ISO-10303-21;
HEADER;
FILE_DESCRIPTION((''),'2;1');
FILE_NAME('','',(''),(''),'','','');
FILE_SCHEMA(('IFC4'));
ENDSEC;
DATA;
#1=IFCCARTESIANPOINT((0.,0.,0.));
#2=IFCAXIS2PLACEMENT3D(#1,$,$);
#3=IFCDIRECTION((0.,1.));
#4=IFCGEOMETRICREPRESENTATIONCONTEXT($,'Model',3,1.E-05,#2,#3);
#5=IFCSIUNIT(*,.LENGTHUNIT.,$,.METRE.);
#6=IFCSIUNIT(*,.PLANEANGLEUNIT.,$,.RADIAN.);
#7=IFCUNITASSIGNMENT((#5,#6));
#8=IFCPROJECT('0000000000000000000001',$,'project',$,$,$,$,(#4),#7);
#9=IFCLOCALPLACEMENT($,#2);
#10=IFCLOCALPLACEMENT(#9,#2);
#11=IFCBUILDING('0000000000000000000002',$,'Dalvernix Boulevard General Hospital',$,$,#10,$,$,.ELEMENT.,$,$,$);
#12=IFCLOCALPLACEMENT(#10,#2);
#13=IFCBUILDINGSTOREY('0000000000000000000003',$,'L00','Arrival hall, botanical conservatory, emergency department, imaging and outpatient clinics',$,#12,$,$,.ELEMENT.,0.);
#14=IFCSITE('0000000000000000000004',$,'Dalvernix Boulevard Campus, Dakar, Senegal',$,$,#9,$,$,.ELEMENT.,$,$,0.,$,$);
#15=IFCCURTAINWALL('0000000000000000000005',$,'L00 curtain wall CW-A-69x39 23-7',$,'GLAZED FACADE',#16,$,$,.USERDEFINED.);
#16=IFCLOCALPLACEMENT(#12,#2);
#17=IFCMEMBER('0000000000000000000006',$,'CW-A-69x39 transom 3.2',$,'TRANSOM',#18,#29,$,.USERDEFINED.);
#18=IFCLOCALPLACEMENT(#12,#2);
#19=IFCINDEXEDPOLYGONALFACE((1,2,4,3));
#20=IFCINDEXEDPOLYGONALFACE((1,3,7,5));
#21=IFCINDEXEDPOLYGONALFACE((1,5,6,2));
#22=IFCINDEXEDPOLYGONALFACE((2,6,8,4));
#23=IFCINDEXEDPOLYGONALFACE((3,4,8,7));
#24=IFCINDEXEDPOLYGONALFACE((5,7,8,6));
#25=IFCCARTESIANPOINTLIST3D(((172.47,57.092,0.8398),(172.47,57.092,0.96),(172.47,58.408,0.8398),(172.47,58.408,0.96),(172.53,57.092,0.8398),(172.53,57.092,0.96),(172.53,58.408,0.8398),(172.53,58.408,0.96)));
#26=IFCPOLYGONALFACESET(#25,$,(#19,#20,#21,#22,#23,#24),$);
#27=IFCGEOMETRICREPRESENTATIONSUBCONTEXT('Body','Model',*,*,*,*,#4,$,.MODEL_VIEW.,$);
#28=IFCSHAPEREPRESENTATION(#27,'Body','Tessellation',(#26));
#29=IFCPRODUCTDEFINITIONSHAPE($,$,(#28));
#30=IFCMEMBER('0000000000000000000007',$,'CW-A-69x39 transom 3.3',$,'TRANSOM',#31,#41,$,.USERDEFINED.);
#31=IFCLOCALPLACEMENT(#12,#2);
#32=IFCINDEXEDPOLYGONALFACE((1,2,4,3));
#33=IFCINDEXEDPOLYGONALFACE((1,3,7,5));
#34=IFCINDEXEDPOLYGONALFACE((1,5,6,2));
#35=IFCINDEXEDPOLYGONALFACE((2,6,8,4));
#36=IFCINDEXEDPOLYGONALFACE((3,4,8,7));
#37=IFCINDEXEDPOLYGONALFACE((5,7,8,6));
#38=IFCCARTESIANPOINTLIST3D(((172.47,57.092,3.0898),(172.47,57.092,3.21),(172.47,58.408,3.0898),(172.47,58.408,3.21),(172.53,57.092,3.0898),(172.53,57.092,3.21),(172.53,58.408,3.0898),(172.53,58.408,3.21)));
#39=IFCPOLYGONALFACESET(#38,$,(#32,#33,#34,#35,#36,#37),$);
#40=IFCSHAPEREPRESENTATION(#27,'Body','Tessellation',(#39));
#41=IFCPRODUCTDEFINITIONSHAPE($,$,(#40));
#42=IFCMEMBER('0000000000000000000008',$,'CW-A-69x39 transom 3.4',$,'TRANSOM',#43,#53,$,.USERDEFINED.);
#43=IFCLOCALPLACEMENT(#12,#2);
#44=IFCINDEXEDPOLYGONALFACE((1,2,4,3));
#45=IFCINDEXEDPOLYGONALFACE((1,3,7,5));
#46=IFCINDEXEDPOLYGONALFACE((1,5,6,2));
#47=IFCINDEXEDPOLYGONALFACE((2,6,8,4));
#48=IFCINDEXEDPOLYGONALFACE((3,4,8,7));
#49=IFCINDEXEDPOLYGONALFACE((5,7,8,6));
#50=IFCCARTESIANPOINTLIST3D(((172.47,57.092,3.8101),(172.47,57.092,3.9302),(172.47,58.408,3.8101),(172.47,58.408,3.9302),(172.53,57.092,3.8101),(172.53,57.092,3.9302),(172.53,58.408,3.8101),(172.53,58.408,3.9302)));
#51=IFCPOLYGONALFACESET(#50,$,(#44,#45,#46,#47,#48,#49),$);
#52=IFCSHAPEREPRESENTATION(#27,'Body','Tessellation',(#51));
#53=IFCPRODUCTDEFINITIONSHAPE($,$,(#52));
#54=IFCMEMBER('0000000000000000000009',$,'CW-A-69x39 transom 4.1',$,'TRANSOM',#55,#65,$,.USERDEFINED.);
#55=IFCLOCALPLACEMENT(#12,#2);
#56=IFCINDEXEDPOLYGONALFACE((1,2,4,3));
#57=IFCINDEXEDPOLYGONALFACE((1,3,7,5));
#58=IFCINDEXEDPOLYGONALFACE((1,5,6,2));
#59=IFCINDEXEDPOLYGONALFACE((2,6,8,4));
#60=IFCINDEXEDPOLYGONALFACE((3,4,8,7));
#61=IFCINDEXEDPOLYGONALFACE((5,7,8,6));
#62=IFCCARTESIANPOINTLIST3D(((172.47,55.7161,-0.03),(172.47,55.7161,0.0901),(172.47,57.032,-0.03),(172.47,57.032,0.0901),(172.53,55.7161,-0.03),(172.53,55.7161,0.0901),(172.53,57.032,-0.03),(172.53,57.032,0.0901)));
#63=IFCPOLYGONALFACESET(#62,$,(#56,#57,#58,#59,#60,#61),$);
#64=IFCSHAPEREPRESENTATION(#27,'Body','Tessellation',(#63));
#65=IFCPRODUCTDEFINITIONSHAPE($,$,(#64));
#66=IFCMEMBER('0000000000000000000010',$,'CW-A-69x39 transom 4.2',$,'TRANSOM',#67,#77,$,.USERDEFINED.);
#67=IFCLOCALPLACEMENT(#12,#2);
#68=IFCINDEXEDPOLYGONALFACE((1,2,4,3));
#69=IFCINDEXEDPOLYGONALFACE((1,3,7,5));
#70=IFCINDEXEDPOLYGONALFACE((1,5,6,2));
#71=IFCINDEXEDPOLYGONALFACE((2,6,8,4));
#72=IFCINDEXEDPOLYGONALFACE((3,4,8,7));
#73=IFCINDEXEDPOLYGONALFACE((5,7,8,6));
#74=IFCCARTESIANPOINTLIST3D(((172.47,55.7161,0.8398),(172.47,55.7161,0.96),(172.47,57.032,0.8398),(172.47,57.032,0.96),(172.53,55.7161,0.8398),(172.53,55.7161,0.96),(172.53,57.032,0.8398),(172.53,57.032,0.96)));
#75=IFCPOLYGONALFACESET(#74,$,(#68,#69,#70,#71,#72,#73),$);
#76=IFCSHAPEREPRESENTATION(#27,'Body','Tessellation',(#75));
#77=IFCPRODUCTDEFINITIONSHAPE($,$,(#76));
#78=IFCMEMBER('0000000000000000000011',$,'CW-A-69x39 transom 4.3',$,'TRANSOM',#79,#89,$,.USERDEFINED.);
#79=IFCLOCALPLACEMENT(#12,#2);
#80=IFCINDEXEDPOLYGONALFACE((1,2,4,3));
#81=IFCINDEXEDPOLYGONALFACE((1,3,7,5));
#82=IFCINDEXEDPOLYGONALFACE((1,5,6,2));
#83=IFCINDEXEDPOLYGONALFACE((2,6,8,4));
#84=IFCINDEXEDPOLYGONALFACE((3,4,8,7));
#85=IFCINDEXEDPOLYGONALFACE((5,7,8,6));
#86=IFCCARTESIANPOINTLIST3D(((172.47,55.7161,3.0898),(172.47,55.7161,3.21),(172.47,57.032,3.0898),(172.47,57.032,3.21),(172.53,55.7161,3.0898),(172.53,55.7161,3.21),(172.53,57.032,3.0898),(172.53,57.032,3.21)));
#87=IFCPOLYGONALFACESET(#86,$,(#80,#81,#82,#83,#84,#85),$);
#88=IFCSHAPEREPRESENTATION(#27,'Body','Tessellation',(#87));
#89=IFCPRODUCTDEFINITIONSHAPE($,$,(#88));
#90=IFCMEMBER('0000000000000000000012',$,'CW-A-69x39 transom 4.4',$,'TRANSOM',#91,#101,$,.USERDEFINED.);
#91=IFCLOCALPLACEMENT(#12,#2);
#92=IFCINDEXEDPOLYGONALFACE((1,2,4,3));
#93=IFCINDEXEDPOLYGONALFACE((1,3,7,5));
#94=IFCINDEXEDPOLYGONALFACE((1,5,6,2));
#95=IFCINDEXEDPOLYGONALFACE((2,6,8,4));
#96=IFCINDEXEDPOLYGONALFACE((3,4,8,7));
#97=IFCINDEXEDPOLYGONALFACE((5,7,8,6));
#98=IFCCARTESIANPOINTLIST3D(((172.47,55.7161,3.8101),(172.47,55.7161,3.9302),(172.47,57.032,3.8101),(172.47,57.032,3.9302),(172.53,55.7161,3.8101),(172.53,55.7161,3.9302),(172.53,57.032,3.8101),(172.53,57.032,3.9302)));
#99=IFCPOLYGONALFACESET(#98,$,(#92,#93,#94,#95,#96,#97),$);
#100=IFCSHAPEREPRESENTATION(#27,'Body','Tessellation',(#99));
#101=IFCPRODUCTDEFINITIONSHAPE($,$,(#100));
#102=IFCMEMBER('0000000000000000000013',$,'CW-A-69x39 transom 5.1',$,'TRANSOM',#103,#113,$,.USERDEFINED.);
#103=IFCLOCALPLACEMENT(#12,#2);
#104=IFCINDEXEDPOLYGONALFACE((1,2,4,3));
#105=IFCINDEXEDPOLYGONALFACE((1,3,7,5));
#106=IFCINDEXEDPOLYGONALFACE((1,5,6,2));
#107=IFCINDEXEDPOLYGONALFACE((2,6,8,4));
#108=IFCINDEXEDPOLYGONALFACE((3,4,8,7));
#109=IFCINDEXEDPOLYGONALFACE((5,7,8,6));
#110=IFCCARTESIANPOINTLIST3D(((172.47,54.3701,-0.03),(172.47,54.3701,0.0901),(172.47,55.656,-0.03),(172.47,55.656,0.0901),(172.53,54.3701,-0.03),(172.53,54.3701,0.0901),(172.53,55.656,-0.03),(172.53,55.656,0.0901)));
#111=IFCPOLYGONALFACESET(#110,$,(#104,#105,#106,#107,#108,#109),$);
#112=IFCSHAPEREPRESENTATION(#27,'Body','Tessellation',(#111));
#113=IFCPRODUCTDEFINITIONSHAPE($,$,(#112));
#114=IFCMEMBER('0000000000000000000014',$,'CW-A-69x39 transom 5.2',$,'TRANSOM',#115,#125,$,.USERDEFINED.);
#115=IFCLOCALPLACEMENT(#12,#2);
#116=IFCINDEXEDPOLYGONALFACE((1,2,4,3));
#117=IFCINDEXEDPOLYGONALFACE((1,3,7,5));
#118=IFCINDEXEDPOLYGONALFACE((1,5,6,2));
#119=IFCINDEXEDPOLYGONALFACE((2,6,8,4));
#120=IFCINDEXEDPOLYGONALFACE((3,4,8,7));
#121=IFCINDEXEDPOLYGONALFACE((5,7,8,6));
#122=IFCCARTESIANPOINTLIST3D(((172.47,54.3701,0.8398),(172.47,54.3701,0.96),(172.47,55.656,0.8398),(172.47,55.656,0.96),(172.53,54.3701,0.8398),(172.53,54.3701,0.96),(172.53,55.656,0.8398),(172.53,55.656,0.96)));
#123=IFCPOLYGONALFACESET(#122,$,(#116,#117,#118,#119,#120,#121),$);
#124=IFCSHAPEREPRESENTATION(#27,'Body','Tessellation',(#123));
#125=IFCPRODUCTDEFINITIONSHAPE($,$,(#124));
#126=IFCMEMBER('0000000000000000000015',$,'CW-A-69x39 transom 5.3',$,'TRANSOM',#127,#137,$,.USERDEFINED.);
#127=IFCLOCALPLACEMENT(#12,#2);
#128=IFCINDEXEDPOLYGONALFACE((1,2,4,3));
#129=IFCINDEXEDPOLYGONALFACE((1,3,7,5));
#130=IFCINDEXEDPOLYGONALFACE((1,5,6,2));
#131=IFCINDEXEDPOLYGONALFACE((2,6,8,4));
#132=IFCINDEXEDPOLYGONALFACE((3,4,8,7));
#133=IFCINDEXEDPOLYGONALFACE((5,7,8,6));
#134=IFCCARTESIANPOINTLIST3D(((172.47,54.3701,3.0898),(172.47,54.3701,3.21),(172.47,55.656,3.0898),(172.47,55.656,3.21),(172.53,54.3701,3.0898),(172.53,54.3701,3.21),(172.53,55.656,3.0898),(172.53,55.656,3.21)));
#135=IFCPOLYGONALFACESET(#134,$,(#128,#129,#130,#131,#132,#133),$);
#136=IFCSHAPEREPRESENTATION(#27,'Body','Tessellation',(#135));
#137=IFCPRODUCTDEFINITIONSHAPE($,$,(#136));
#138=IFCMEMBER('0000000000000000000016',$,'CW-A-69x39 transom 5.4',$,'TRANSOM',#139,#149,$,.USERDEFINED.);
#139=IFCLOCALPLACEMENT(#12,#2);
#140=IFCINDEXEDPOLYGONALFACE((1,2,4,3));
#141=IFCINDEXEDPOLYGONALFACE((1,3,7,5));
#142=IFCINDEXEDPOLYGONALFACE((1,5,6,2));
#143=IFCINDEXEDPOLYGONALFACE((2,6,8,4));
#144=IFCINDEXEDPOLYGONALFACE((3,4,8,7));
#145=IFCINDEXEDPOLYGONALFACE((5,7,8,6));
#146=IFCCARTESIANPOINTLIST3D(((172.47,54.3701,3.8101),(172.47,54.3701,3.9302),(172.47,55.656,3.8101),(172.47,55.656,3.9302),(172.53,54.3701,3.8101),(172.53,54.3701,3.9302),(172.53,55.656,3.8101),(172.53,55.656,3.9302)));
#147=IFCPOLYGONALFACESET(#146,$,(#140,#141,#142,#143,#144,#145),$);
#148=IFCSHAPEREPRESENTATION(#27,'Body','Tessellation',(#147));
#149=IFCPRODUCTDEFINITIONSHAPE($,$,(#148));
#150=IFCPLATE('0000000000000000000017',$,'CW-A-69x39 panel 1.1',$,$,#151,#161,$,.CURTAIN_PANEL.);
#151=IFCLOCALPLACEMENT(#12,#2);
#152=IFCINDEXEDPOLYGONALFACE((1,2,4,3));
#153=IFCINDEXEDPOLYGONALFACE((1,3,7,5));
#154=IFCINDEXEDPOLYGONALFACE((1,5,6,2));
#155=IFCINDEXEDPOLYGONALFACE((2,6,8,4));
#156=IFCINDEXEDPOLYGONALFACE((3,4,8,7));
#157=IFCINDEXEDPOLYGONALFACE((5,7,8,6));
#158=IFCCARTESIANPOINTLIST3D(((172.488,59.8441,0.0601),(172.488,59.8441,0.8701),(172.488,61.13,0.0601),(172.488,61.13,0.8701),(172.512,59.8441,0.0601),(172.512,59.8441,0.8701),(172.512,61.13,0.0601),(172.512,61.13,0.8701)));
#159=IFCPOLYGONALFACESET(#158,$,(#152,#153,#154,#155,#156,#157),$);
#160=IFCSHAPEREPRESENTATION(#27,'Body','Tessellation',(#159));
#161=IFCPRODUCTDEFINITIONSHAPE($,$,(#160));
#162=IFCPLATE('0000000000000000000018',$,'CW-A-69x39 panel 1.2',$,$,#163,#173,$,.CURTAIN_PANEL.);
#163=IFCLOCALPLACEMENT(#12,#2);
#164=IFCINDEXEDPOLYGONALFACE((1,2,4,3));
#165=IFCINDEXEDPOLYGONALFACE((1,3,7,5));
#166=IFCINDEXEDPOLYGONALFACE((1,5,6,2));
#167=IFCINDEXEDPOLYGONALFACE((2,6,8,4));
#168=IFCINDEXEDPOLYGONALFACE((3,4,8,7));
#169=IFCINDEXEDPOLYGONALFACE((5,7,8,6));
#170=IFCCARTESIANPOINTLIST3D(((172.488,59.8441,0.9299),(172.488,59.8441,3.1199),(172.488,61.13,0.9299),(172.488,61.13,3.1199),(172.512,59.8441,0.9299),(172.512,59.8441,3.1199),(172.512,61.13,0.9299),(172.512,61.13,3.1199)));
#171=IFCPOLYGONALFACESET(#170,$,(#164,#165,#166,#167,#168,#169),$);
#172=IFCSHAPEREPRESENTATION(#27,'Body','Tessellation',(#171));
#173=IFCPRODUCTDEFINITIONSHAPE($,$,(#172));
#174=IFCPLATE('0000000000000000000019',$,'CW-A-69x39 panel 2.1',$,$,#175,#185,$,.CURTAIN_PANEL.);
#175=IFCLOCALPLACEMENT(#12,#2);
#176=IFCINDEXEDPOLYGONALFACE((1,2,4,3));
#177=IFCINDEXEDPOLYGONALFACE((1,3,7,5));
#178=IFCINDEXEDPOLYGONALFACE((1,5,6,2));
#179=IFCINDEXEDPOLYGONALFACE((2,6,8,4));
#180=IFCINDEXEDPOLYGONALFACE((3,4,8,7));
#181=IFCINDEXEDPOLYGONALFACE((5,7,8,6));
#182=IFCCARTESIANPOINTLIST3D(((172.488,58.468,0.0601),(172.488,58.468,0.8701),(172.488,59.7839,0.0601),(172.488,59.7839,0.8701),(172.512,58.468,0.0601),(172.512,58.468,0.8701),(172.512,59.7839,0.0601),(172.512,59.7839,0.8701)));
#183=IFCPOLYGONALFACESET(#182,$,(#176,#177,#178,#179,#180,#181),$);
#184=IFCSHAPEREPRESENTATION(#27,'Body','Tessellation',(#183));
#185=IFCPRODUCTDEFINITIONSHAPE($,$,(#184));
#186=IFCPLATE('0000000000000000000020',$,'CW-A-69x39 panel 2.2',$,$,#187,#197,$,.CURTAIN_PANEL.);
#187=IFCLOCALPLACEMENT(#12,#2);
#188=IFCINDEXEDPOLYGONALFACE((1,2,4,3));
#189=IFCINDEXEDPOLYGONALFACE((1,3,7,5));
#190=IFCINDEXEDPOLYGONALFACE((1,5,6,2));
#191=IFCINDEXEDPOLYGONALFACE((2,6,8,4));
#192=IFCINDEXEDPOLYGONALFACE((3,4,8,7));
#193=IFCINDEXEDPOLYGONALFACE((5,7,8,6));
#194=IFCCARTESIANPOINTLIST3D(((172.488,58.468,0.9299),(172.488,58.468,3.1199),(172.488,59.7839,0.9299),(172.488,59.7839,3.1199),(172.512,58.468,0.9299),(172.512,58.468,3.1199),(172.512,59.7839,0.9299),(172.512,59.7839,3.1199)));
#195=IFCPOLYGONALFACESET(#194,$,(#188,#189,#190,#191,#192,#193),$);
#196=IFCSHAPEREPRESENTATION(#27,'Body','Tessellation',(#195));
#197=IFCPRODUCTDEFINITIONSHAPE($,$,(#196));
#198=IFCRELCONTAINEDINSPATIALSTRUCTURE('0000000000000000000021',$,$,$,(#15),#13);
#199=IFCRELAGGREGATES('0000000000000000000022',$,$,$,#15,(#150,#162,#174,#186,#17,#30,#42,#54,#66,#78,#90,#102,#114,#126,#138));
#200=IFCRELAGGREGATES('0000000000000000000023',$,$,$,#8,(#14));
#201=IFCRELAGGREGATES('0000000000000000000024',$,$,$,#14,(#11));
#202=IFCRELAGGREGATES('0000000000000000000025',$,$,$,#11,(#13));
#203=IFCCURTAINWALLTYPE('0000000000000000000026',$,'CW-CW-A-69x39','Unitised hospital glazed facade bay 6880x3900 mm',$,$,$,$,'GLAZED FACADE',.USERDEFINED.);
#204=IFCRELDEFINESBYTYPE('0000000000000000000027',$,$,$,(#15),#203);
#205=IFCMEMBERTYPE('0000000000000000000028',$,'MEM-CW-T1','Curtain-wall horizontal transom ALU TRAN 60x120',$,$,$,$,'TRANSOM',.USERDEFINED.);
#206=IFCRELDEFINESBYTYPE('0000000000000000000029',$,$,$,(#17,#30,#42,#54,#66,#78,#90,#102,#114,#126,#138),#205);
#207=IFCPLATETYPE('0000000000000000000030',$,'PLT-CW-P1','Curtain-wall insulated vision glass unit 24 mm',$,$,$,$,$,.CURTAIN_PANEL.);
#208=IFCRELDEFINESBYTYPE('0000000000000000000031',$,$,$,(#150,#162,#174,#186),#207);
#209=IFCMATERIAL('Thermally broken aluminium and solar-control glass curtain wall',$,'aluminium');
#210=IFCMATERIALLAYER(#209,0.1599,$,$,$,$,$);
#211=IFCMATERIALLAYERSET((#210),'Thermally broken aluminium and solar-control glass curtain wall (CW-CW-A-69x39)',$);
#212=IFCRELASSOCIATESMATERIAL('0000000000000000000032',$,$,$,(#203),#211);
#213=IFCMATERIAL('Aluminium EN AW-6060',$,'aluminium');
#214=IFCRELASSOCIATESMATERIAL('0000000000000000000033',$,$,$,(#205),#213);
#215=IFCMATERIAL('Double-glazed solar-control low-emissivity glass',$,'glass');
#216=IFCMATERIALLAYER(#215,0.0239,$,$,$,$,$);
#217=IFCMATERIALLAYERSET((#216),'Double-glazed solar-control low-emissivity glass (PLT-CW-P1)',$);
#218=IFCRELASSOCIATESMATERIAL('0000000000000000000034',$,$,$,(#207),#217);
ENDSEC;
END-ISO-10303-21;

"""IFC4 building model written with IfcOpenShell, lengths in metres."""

from ifc_helpers import new_model, si_unit, direction, frame, origin, origin_2d, place, context, subcontext, project, spatial, rectangle, extrude, material, layer, layer_set, material_profile, profile_set, type_object, element, aggregate, save


model = new_model("IFC4")

# Units and contexts
model_context = context("Model", 3, precision=1e-05, world=origin(), true_north=direction((0.0, 1.0)))
body_context = subcontext(model_context, "Body", "Model", "MODEL_VIEW")
ifc_project = project(units=[si_unit("LENGTHUNIT", "METRE"), si_unit("PLANEANGLEUNIT", "RADIAN")], contexts=[model_context])

# Site, building, storey
site_placement = place(None, origin())
site = spatial("IfcSite", under=ifc_project, at=site_placement, Name="Dalvernix Boulevard Campus, Dakar, Senegal", CompositionType="ELEMENT", RefElevation=0.0)
building_placement = place(site_placement, origin())
building = spatial("IfcBuilding", under=site, at=building_placement, Name="Dalvernix Boulevard General Hospital", CompositionType="ELEMENT")
storey_placement = place(building_placement, origin())
storey = spatial("IfcBuildingStorey", under=building, at=storey_placement, Name="L00", Description="Arrival hall, botanical conservatory, emergency department, imaging and outpatient clinics", CompositionType="ELEMENT", Elevation=0.0)

# Curtain wall, members, plates
ifc_material_1 = material(Name="Thermally broken aluminium and solar-control glass curtain wall", Category="aluminium")
ifc_layer_1 = layer(ifc_material_1, 0.1599)
ifc_layer_set_1 = layer_set([ifc_layer_1], Name="Thermally broken aluminium and solar-control glass curtain wall (CW-CW-A-69x39)")
curtain_wall_type = type_object("IfcCurtainWallType", Name="CW-CW-A-69x39", Description="Unitised hospital glazed facade bay 6880x3900 mm", ElementType="GLAZED FACADE", PredefinedType="USERDEFINED", material=ifc_layer_set_1)
curtain_wall_placement = place(storey_placement, origin())
curtain_wall = element("IfcCurtainWall", 1, at=curtain_wall_placement, inside=storey, type_object=curtain_wall_type, Name="L00 curtain wall CW-A-69x39 23-7", ObjectType="GLAZED FACADE", PredefinedType="USERDEFINED")
ifc_material_2 = material(Name="Aluminium EN AW-6060", Category="aluminium")
ifc_material_profile_1 = material_profile(ifc_material_2, rectangle(XDim=0.0601, YDim=0.1201, at=origin_2d()), Name="ALU TRAN 60x120")
ifc_profile_set_1 = profile_set([ifc_material_profile_1], Name="Aluminium EN AW-6060")
member_type_1 = type_object("IfcMemberType", Name="MEM-CW-T1", Description="Curtain-wall horizontal transom ALU TRAN 60x120", ElementType="TRANSOM", PredefinedType="USERDEFINED", material=ifc_profile_set_1)
member_1_placement = place(storey_placement, frame((172.5, 58.408, 0.8999), z_axis=(0.0, -1.0, 0.0), x_axis=(1.0, 0.0, 0.0)))
member_1 = element("IfcMember", 2, at=member_1_placement, type_object=member_type_1, Name="CW-A-69x39 transom 3.2", ObjectType="TRANSOM", PredefinedType="USERDEFINED", context=body_context, shape_type="SweptSolid", body=[
    extrude(rectangle(XDim=0.0601, YDim=0.1201, at=origin_2d()), origin(), (0.0, 0.0, 1.0), 1.3159),
])
member_2_placement = place(storey_placement, frame((172.5, 58.408, 3.1499), z_axis=(0.0, -1.0, 0.0), x_axis=(1.0, 0.0, 0.0)))
member_2 = element("IfcMember", 3, at=member_2_placement, type_object=member_type_1, Name="CW-A-69x39 transom 3.3", ObjectType="TRANSOM", PredefinedType="USERDEFINED", context=body_context, shape_type="SweptSolid", body=[
    extrude(rectangle(XDim=0.0601, YDim=0.1201, at=origin_2d()), origin(), (0.0, 0.0, 1.0), 1.3159),
])
member_3_placement = place(storey_placement, frame((172.5, 58.408, 3.8701), z_axis=(0.0, -1.0, 0.0), x_axis=(1.0, 0.0, 0.0)))
member_3 = element("IfcMember", 4, at=member_3_placement, type_object=member_type_1, Name="CW-A-69x39 transom 3.4", ObjectType="TRANSOM", PredefinedType="USERDEFINED", context=body_context, shape_type="SweptSolid", body=[
    extrude(rectangle(XDim=0.0601, YDim=0.1201, at=origin_2d()), origin(), (0.0, 0.0, 1.0), 1.3159),
])
member_4_placement = place(storey_placement, frame((172.5, 57.032, 0.03), z_axis=(0.0, -1.0, 0.0), x_axis=(1.0, 0.0, 0.0)))
member_4 = element("IfcMember", 5, at=member_4_placement, type_object=member_type_1, Name="CW-A-69x39 transom 4.1", ObjectType="TRANSOM", PredefinedType="USERDEFINED", context=body_context, shape_type="SweptSolid", body=[
    extrude(rectangle(XDim=0.0601, YDim=0.1201, at=origin_2d()), origin(), (0.0, 0.0, 1.0), 1.3159),
])
member_5_placement = place(storey_placement, frame((172.5, 57.032, 0.8999), z_axis=(0.0, -1.0, 0.0), x_axis=(1.0, 0.0, 0.0)))
member_5 = element("IfcMember", 6, at=member_5_placement, type_object=member_type_1, Name="CW-A-69x39 transom 4.2", ObjectType="TRANSOM", PredefinedType="USERDEFINED", context=body_context, shape_type="SweptSolid", body=[
    extrude(rectangle(XDim=0.0601, YDim=0.1201, at=origin_2d()), origin(), (0.0, 0.0, 1.0), 1.3159),
])
member_6_placement = place(storey_placement, frame((172.5, 57.032, 3.1499), z_axis=(0.0, -1.0, 0.0), x_axis=(1.0, 0.0, 0.0)))
member_6 = element("IfcMember", 7, at=member_6_placement, type_object=member_type_1, Name="CW-A-69x39 transom 4.3", ObjectType="TRANSOM", PredefinedType="USERDEFINED", context=body_context, shape_type="SweptSolid", body=[
    extrude(rectangle(XDim=0.0601, YDim=0.1201, at=origin_2d()), origin(), (0.0, 0.0, 1.0), 1.3159),
])
member_7_placement = place(storey_placement, frame((172.5, 57.032, 3.8701), z_axis=(0.0, -1.0, 0.0), x_axis=(1.0, 0.0, 0.0)))
member_7 = element("IfcMember", 8, at=member_7_placement, type_object=member_type_1, Name="CW-A-69x39 transom 4.4", ObjectType="TRANSOM", PredefinedType="USERDEFINED", context=body_context, shape_type="SweptSolid", body=[
    extrude(rectangle(XDim=0.0601, YDim=0.1201, at=origin_2d()), origin(), (0.0, 0.0, 1.0), 1.3159),
])
member_8_placement = place(storey_placement, frame((172.5, 55.656, 0.03), z_axis=(0.0, -1.0, 0.0), x_axis=(1.0, 0.0, 0.0)))
member_8 = element("IfcMember", 9, at=member_8_placement, type_object=member_type_1, Name="CW-A-69x39 transom 5.1", ObjectType="TRANSOM", PredefinedType="USERDEFINED", context=body_context, shape_type="SweptSolid", body=[
    extrude(rectangle(XDim=0.0601, YDim=0.1201, at=origin_2d()), origin(), (0.0, 0.0, 1.0), 1.2859),
])
member_9_placement = place(storey_placement, frame((172.5, 55.656, 0.8999), z_axis=(0.0, -1.0, 0.0), x_axis=(1.0, 0.0, 0.0)))
member_9 = element("IfcMember", 10, at=member_9_placement, type_object=member_type_1, Name="CW-A-69x39 transom 5.2", ObjectType="TRANSOM", PredefinedType="USERDEFINED", context=body_context, shape_type="SweptSolid", body=[
    extrude(rectangle(XDim=0.0601, YDim=0.1201, at=origin_2d()), origin(), (0.0, 0.0, 1.0), 1.2859),
])
member_10_placement = place(storey_placement, frame((172.5, 55.656, 3.1499), z_axis=(0.0, -1.0, 0.0), x_axis=(1.0, 0.0, 0.0)))
member_10 = element("IfcMember", 11, at=member_10_placement, type_object=member_type_1, Name="CW-A-69x39 transom 5.3", ObjectType="TRANSOM", PredefinedType="USERDEFINED", context=body_context, shape_type="SweptSolid", body=[
    extrude(rectangle(XDim=0.0601, YDim=0.1201, at=origin_2d()), origin(), (0.0, 0.0, 1.0), 1.2859),
])
member_11_placement = place(storey_placement, frame((172.5, 55.656, 3.8701), z_axis=(0.0, -1.0, 0.0), x_axis=(1.0, 0.0, 0.0)))
member_11 = element("IfcMember", 12, at=member_11_placement, type_object=member_type_1, Name="CW-A-69x39 transom 5.4", ObjectType="TRANSOM", PredefinedType="USERDEFINED", context=body_context, shape_type="SweptSolid", body=[
    extrude(rectangle(XDim=0.0601, YDim=0.1201, at=origin_2d()), origin(), (0.0, 0.0, 1.0), 1.2859),
])
ifc_material_3 = material(Name="Double-glazed solar-control low-emissivity glass", Category="glass")
ifc_layer_2 = layer(ifc_material_3, 0.0239)
ifc_layer_set_2 = layer_set([ifc_layer_2], Name="Double-glazed solar-control low-emissivity glass (PLT-CW-P1)")
plate_type = type_object("IfcPlateType", Name="PLT-CW-P1", Description="Curtain-wall insulated vision glass unit 24 mm", PredefinedType="CURTAIN_PANEL", material=ifc_layer_set_2)
plate_1_placement = place(storey_placement, frame((172.5, 60.4871, 0.0601), z_axis=(0.0, 0.0, 1.0), x_axis=(0.0, -1.0, 0.0)))
plate_1 = element("IfcPlate", 13, at=plate_1_placement, type_object=plate_type, Name="CW-A-69x39 panel 1.1", PredefinedType="CURTAIN_PANEL", context=body_context, shape_type="SweptSolid", body=[
    extrude(rectangle(XDim=1.2859, YDim=0.0239, at=origin_2d()), origin(), (0.0, 0.0, 1.0), 0.8101),
])
plate_2_placement = place(storey_placement, frame((172.5, 60.4871, 0.9299), z_axis=(0.0, 0.0, 1.0), x_axis=(0.0, -1.0, 0.0)))
plate_2 = element("IfcPlate", 14, at=plate_2_placement, type_object=plate_type, Name="CW-A-69x39 panel 1.2", PredefinedType="CURTAIN_PANEL", context=body_context, shape_type="SweptSolid", body=[
    extrude(rectangle(XDim=1.2859, YDim=0.0239, at=origin_2d()), origin(), (0.0, 0.0, 1.0), 2.1899),
])
plate_3_placement = place(storey_placement, frame((172.5, 59.126, 0.0601), z_axis=(0.0, 0.0, 1.0), x_axis=(0.0, -1.0, 0.0)))
plate_3 = element("IfcPlate", 15, at=plate_3_placement, type_object=plate_type, Name="CW-A-69x39 panel 2.1", PredefinedType="CURTAIN_PANEL", context=body_context, shape_type="SweptSolid", body=[
    extrude(rectangle(XDim=1.3159, YDim=0.0239, at=origin_2d()), origin(), (0.0, 0.0, 1.0), 0.8101),
])
plate_4_placement = place(storey_placement, frame((172.5, 59.126, 0.9299), z_axis=(0.0, 0.0, 1.0), x_axis=(0.0, -1.0, 0.0)))
plate_4 = element("IfcPlate", 16, at=plate_4_placement, type_object=plate_type, Name="CW-A-69x39 panel 2.2", PredefinedType="CURTAIN_PANEL", context=body_context, shape_type="SweptSolid", body=[
    extrude(rectangle(XDim=1.3159, YDim=0.0239, at=origin_2d()), origin(), (0.0, 0.0, 1.0), 2.1899),
])
aggregate(curtain_wall, [plate_1, plate_2, plate_3, plate_4, member_1, member_2, member_3, member_4, member_5, member_6, member_7, member_8, member_9, member_10, member_11])

save(model, "model.ifc")
